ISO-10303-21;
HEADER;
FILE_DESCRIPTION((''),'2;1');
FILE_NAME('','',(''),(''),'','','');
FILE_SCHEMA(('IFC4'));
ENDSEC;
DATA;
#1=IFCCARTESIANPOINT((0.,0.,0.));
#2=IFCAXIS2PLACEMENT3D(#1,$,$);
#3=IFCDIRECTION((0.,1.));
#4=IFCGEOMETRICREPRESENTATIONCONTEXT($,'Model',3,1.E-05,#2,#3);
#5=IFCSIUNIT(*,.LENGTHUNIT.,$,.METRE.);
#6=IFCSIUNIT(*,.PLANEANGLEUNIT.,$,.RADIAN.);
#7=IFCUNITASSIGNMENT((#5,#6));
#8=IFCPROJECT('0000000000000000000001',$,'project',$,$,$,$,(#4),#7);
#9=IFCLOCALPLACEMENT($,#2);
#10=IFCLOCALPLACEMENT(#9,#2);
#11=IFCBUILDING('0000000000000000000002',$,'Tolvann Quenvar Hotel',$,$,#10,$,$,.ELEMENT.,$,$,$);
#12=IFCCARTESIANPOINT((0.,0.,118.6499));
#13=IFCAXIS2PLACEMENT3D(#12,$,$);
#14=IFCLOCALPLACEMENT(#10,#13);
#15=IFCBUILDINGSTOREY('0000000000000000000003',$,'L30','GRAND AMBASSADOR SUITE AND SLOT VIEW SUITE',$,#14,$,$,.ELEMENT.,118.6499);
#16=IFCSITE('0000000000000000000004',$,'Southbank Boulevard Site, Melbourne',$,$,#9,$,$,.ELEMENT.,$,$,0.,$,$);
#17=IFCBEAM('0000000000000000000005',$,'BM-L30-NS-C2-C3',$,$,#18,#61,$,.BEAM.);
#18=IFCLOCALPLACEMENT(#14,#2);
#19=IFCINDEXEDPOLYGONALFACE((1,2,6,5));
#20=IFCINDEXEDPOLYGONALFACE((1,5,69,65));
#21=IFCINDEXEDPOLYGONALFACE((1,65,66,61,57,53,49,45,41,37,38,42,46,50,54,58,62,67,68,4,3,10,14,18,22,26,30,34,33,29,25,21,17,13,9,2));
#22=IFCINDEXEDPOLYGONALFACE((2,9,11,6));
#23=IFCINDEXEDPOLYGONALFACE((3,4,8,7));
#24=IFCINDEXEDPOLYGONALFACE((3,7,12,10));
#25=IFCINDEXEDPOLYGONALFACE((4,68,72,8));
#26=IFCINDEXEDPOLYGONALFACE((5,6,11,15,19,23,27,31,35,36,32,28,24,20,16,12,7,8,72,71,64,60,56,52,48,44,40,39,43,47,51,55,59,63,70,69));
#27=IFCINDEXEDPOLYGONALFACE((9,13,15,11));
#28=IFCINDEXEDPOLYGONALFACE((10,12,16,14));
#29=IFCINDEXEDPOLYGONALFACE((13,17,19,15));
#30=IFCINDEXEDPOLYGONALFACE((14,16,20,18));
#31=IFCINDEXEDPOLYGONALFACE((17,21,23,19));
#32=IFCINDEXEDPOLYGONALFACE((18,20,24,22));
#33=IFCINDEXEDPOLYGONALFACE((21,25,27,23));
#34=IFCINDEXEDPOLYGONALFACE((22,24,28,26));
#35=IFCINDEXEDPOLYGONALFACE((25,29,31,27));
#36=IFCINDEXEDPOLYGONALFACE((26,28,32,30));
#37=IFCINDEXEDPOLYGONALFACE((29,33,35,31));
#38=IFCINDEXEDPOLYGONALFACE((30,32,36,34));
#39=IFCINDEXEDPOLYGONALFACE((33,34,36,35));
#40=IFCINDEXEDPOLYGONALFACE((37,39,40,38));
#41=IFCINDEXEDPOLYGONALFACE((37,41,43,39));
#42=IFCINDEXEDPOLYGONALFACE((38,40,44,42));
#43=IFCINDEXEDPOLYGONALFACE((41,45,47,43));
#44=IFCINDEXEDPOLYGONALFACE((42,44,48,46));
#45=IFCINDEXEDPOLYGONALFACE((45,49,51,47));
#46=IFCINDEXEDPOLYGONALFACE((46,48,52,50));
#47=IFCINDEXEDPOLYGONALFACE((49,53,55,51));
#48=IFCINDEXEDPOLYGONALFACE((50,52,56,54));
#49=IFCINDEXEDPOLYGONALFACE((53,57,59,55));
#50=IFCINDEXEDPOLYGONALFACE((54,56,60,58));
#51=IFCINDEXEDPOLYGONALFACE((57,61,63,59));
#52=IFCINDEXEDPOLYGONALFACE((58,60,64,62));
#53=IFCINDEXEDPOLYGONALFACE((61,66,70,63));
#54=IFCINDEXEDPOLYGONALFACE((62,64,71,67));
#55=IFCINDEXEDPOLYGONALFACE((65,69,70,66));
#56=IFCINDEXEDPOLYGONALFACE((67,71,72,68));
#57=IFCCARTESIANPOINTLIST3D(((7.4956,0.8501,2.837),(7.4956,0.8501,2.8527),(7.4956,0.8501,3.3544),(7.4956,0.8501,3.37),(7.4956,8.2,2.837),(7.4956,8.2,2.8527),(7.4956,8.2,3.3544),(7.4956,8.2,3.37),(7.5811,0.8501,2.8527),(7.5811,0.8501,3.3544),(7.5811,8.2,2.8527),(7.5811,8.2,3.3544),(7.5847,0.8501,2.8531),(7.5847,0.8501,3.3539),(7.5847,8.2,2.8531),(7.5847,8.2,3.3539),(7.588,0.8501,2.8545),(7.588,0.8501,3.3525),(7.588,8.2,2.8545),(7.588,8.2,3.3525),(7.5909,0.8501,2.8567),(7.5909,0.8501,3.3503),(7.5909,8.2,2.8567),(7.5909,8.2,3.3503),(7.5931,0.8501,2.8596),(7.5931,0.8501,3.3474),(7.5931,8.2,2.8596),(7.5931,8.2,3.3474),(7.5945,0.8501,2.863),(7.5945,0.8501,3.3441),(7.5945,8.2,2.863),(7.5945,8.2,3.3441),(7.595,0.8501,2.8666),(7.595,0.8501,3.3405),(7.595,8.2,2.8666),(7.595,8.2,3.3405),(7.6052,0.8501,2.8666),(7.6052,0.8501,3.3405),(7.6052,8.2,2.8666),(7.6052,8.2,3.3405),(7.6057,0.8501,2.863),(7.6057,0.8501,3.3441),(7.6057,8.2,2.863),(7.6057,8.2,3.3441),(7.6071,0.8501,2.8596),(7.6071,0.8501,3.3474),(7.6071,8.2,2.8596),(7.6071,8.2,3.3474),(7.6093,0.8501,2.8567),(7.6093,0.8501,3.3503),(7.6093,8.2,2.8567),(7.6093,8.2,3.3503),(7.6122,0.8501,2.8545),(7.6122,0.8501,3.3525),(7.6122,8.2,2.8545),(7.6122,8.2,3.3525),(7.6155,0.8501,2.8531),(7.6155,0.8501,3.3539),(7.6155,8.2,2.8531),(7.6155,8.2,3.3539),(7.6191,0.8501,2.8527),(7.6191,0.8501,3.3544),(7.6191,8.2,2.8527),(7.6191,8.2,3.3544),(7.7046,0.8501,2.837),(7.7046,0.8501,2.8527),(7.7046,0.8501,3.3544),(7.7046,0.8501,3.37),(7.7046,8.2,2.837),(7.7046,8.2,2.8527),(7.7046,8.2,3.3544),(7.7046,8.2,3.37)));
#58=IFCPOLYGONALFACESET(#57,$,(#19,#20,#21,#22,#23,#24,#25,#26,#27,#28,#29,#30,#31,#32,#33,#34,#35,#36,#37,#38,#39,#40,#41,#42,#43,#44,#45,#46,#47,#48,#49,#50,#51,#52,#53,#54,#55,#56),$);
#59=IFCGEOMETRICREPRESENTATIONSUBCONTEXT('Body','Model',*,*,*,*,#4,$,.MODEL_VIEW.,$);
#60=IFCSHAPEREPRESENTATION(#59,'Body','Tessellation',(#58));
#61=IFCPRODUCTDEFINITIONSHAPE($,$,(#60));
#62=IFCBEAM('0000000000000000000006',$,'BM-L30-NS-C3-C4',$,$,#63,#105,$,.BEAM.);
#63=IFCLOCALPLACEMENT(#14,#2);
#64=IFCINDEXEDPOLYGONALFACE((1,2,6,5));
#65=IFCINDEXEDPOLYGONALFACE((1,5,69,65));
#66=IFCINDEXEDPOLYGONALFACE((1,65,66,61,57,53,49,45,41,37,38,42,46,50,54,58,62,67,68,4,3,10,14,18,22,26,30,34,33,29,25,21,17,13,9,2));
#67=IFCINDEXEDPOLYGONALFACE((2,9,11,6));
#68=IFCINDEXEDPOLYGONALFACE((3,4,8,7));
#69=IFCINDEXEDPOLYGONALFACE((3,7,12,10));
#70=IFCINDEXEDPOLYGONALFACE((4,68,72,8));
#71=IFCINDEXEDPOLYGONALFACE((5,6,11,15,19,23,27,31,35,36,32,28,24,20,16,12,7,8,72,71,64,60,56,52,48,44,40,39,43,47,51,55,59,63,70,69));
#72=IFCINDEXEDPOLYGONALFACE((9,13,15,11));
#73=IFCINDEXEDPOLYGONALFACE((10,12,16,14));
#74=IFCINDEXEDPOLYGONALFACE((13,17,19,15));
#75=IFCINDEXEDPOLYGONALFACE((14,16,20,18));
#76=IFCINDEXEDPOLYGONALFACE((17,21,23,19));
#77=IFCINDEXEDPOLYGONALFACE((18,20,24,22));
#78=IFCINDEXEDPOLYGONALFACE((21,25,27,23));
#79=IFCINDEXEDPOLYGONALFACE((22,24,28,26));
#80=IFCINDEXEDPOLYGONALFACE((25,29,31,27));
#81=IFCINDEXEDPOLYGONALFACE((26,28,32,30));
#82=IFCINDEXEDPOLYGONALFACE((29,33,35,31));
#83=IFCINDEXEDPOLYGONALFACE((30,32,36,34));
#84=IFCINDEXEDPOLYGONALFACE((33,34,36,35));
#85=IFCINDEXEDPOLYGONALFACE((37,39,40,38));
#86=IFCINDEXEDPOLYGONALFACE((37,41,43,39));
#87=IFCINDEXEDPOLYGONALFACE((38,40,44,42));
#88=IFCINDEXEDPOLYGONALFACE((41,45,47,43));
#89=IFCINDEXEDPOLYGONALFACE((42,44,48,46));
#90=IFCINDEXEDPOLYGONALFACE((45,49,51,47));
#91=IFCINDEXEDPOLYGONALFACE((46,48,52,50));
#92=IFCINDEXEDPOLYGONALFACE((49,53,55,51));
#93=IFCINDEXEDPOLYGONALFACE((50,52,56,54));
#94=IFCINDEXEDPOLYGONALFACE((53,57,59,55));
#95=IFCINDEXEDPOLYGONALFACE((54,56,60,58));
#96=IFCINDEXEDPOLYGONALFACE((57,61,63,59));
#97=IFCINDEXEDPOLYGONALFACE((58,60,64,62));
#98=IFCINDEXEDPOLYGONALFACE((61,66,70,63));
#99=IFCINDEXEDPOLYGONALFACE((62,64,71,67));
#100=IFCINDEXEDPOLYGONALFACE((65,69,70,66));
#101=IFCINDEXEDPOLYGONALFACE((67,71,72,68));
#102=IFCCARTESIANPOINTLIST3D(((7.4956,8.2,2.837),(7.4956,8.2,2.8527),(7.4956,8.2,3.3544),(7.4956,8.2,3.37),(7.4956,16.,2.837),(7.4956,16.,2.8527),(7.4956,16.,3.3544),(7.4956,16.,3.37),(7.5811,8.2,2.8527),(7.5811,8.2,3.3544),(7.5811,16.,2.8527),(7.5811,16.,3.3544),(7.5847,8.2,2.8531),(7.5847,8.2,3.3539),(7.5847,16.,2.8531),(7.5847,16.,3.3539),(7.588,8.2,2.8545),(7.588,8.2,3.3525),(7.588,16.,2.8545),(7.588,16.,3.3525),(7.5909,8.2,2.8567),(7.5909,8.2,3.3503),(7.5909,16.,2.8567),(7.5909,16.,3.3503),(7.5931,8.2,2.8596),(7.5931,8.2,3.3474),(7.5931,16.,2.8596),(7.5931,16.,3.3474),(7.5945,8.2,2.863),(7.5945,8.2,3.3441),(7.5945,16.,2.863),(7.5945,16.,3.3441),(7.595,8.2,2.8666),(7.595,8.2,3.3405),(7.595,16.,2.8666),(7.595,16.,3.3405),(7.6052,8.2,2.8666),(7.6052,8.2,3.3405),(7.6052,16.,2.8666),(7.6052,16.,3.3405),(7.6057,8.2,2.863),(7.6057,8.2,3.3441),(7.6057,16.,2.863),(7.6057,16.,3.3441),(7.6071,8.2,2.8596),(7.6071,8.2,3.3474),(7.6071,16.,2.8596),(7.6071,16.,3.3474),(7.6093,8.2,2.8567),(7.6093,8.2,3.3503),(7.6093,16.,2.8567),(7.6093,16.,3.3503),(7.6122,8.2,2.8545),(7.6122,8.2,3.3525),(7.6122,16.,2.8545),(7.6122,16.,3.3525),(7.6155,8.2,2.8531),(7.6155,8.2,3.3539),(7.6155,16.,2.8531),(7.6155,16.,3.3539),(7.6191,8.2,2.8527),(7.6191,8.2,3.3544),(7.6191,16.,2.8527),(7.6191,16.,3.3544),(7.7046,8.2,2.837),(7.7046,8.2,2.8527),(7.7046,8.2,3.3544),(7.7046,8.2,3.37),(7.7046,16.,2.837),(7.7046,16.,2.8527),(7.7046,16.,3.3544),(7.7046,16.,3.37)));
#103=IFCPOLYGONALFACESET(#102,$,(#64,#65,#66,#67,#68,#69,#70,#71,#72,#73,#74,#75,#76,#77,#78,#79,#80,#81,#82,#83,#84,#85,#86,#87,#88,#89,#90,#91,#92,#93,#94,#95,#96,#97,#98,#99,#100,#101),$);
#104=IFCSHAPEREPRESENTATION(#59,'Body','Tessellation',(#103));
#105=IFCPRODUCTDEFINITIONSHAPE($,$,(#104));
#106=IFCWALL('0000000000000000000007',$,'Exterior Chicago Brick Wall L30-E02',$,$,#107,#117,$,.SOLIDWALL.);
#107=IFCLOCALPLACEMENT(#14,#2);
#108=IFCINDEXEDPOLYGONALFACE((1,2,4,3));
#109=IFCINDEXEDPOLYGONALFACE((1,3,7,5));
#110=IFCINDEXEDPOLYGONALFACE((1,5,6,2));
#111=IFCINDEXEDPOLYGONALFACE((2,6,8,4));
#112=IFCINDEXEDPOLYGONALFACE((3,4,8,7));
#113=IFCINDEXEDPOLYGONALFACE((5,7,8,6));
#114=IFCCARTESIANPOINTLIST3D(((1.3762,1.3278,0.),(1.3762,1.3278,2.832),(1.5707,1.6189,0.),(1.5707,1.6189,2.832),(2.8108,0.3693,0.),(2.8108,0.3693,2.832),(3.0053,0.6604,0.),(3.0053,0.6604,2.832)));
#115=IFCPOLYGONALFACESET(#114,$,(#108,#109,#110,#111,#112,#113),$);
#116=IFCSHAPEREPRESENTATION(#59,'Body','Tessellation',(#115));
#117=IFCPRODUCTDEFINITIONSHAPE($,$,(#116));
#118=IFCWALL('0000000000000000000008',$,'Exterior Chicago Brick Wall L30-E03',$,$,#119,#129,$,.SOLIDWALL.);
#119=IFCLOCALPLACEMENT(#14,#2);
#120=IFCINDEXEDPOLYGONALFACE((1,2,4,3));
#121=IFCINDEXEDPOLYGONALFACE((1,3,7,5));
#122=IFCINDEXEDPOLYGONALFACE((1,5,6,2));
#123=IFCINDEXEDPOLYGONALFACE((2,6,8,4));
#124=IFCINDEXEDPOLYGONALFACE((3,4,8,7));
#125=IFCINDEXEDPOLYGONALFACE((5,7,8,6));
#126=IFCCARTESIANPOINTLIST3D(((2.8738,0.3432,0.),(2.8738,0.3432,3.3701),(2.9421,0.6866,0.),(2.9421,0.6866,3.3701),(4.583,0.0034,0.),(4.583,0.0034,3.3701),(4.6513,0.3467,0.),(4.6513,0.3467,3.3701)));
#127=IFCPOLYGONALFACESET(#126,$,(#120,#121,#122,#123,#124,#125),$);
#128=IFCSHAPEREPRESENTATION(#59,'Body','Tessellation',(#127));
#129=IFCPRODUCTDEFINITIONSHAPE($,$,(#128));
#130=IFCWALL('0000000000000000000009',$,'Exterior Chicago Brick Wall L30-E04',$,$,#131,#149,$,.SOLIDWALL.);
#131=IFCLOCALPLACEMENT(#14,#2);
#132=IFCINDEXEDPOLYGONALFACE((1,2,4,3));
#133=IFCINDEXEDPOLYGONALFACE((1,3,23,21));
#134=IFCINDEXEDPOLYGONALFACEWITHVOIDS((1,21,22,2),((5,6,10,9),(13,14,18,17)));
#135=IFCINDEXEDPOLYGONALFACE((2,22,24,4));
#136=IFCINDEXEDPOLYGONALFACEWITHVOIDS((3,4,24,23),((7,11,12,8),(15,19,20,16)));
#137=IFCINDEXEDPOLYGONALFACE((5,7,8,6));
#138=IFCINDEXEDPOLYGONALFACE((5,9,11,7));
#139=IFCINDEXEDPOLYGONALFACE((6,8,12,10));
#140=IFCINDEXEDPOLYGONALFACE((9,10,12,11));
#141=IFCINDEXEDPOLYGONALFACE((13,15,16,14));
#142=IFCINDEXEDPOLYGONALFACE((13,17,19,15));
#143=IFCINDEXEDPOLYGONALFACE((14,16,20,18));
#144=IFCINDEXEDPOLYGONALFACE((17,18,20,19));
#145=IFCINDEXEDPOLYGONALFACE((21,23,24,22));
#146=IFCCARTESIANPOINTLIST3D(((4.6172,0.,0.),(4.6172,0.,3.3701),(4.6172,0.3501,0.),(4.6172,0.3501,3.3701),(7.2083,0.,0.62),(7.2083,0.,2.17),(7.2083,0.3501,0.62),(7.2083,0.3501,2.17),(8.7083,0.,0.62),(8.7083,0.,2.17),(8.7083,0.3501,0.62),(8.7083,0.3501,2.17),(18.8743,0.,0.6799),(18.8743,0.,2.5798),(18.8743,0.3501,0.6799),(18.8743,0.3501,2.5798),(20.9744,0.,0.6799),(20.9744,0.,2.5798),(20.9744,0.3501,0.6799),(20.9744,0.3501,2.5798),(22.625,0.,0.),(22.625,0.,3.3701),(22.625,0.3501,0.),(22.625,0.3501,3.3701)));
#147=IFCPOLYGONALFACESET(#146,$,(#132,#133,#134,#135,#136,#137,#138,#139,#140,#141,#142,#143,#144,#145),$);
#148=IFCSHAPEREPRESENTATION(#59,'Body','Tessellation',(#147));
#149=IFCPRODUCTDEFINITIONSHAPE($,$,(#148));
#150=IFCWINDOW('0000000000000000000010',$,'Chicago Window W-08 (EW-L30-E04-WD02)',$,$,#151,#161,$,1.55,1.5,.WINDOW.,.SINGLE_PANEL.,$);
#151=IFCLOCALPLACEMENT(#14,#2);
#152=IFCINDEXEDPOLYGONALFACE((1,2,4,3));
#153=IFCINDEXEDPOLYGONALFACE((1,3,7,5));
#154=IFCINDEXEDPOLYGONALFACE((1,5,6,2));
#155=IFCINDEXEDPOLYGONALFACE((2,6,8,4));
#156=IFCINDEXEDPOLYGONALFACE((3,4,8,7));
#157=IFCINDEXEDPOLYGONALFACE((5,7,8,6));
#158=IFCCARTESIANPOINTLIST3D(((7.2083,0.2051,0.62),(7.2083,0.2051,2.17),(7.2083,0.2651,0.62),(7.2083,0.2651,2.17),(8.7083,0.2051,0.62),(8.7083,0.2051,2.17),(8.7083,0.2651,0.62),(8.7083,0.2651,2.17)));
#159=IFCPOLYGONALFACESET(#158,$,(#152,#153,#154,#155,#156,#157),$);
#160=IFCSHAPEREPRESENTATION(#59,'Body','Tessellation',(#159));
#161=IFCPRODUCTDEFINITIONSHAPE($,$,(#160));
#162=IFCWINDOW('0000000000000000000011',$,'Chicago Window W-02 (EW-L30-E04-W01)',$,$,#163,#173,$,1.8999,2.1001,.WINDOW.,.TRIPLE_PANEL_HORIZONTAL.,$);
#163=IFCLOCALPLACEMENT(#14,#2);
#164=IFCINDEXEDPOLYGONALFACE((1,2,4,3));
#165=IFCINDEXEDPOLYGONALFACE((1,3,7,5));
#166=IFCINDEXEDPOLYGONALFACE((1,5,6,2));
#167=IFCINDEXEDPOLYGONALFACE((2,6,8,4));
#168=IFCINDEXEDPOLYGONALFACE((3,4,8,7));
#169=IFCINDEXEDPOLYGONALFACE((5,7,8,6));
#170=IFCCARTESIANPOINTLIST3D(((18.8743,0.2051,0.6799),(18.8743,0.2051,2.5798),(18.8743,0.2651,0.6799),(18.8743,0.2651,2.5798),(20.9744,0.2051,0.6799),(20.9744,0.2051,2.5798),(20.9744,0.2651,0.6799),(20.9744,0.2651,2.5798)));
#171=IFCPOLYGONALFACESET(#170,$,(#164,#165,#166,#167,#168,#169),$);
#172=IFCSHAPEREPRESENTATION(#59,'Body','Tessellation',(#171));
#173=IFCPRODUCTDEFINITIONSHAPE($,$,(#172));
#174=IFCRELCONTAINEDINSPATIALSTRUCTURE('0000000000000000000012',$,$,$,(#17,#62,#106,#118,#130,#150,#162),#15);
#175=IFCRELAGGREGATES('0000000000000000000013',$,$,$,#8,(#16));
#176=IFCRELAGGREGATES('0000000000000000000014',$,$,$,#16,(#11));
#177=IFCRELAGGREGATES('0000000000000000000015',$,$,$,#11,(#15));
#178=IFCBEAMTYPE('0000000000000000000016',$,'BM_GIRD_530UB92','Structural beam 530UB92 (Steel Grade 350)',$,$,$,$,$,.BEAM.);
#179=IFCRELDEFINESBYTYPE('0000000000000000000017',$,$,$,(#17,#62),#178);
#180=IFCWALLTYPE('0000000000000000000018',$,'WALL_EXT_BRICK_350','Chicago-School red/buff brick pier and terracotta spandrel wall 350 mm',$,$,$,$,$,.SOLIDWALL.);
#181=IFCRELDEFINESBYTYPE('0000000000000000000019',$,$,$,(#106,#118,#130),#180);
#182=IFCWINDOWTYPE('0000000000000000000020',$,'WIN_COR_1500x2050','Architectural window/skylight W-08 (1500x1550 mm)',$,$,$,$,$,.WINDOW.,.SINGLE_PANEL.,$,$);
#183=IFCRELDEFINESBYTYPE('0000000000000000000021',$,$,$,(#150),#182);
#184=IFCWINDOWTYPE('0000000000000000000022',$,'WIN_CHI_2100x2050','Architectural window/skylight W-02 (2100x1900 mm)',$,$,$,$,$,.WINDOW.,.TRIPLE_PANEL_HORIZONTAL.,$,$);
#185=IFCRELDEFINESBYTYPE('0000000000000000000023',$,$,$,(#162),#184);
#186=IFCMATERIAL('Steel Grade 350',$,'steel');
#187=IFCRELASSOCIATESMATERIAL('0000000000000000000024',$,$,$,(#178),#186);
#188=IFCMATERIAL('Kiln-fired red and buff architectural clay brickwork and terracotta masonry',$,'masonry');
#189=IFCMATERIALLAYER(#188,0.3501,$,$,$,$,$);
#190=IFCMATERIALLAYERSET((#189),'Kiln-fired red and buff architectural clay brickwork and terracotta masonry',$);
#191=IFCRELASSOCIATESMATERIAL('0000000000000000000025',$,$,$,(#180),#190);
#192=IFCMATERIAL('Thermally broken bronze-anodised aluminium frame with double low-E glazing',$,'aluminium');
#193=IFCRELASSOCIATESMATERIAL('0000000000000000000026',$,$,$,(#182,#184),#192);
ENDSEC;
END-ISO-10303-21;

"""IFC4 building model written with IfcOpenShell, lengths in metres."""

from ifc_helpers import new_model, si_unit, direction, frame, frame_2d, origin, origin_2d, place, context, subcontext, project, spatial, rectangle, i_section, extrude, source, transform, mapped, material, layer, layer_set, material_profile, profile_set, type_object, type_shapes, element, fill, save


model = new_model("IFC4")

# Units and contexts
model_context = context("Model", 3, precision=1e-05, world=origin(), true_north=direction((0.0, 1.0)))
body_context = subcontext(model_context, "Body", "Model", "MODEL_VIEW")
ifc_project = project(units=[si_unit("LENGTHUNIT", "METRE"), si_unit("PLANEANGLEUNIT", "RADIAN")], contexts=[model_context])

# Site, building, storey
site_placement = place(None, origin())
site = spatial("IfcSite", under=ifc_project, at=site_placement, Name="Southbank Boulevard Site, Melbourne", CompositionType="ELEMENT", RefElevation=0.0)
building_placement = place(site_placement, origin())
building = spatial("IfcBuilding", under=site, at=building_placement, Name="Tolvann Quenvar Hotel", CompositionType="ELEMENT")
storey_placement = place(building_placement, frame((0.0, 0.0, 118.6499)))
storey = spatial("IfcBuildingStorey", under=building, at=storey_placement, Name="L30", Description="GRAND AMBASSADOR SUITE AND SLOT VIEW SUITE", CompositionType="ELEMENT", Elevation=118.6499)

# Shared definitions
ifc_material_1 = material(Name="Steel Grade 350", Category="steel")

# Beams
ifc_material_profile_1 = material_profile(ifc_material_1, i_section(OverallWidth=0.209, OverallDepth=0.533, WebThickness=0.0103, FlangeThickness=0.0156, FilletRadius=0.0139, at=origin_2d()), Name="530UB92")
ifc_profile_set_1 = profile_set([ifc_material_profile_1], Name="Steel Grade 350")
beam_type_1 = type_object("IfcBeamType", Name="BM_GIRD_530UB92", Description="Structural beam 530UB92 (Steel Grade 350)", PredefinedType="BEAM", material=ifc_profile_set_1)
shared_shape_1 = source(origin(), body_context, "Body", "SweptSolid", [
    extrude(i_section(OverallWidth=0.209, OverallDepth=0.533, WebThickness=0.0103, FlangeThickness=0.0156, FilletRadius=0.0139, at=origin_2d()), origin(), (0.0, 0.0, 1.0), 7.3499),
])
beam_1_placement = place(storey_placement, frame((7.6001, 0.8501, 3.1035), z_axis=(0.0, 1.0, 0.0), x_axis=(-1.0, 0.0, 0.0)))
element("IfcBeam", 1, at=beam_1_placement, inside=storey, type_object=beam_type_1, Name="BM-L30-NS-C2-C3", PredefinedType="BEAM", context=body_context, shape_type="MappedRepresentation", body=[
    mapped(shared_shape_1, transform((0.0, 0.0, 0.0), x_axis=(1.0, 0.0, 0.0), y_axis=(0.0, 1.0, 0.0), z_axis=(0.0, 0.0, 1.0), scale=1.0)),
])
shared_shape_2 = source(origin(), body_context, "Body", "SweptSolid", [
    extrude(i_section(OverallWidth=0.209, OverallDepth=0.533, WebThickness=0.0103, FlangeThickness=0.0156, FilletRadius=0.0139, at=origin_2d()), origin(), (0.0, 0.0, 1.0), 7.8),
])
type_shapes(beam_type_1, [shared_shape_1, shared_shape_2])
beam_2_placement = place(storey_placement, frame((7.6001, 8.2, 3.1035), z_axis=(0.0, 1.0, 0.0), x_axis=(-1.0, 0.0, 0.0)))
element("IfcBeam", 2, at=beam_2_placement, inside=storey, type_object=beam_type_1, Name="BM-L30-NS-C3-C4", PredefinedType="BEAM", context=body_context, shape_type="MappedRepresentation", body=[
    mapped(shared_shape_2, transform((0.0, 0.0, 0.0), x_axis=(1.0, 0.0, 0.0), y_axis=(0.0, 1.0, 0.0), z_axis=(0.0, 0.0, 1.0), scale=1.0)),
])

# Walls
ifc_material_2 = material(Name="Kiln-fired red and buff architectural clay brickwork and terracotta masonry", Category="masonry")
ifc_layer_1 = layer(ifc_material_2, 0.3501)
ifc_layer_set_1 = layer_set([ifc_layer_1], Name="Kiln-fired red and buff architectural clay brickwork and terracotta masonry")
wall_type_1 = type_object("IfcWallType", Name="WALL_EXT_BRICK_350", Description="Chicago-School red/buff brick pier and terracotta spandrel wall 350 mm", PredefinedType="SOLIDWALL", material=ifc_layer_set_1)
wall_1_placement = place(storey_placement, frame((1.4734, 1.4734, 0.0), z_axis=(0.0, 0.0, 1.0), x_axis=(0.831484, -0.555549, 0.0)))
element("IfcWall", 3, at=wall_1_placement, inside=storey, type_object=wall_type_1, Name="Exterior Chicago Brick Wall L30-E02", PredefinedType="SOLIDWALL", context=body_context, shape_type="SweptSolid", body=[
    extrude(rectangle(XDim=1.7253, YDim=0.3501, at=frame_2d((0.8628, 0.0))), origin(), (0.0, 0.0, 1.0), 2.832),
])
wall_2_placement = place(storey_placement, frame((2.908, 0.5149, 0.0), z_axis=(0.0, 0.0, 1.0), x_axis=(0.980801, -0.195011, 0.0)))
element("IfcWall", 4, at=wall_2_placement, inside=storey, type_object=wall_type_1, Name="Exterior Chicago Brick Wall L30-E03", PredefinedType="SOLIDWALL", context=body_context, shape_type="SweptSolid", body=[
    extrude(rectangle(XDim=1.7427, YDim=0.3501, at=frame_2d((0.8713, 0.0))), origin(), (0.0, 0.0, 1.0), 3.3701),
])

# Wall, openings, windows
wall_3_placement = place(storey_placement, frame((4.6172, 0.175, 0.0), z_axis=(0.0, 0.0, 1.0), x_axis=(1.0, 0.0, 0.0)))
wall_3 = element("IfcWall", 5, at=wall_3_placement, inside=storey, type_object=wall_type_1, Name="Exterior Chicago Brick Wall L30-E04", PredefinedType="SOLIDWALL", context=body_context, shape_type="SweptSolid", body=[
    extrude(rectangle(XDim=18.0078, YDim=0.3501, at=frame_2d((9.0039, 0.0))), origin(), (0.0, 0.0, 1.0), 3.3701),
])
opening_1_placement = place(wall_3_placement, frame((14.2571, 0.0, 0.6799)))
opening_1 = element("IfcOpeningElement", 6, at=opening_1_placement, cuts=wall_3, PredefinedType="OPENING", context=body_context, shape_type="SweptSolid", body=[
    extrude(rectangle(XDim=2.1001, YDim=1.8999, at=frame_2d((1.05, 0.95))), frame((0.0, 0.1851, 0.0), z_axis=(0.0, -1.0, 0.0), x_axis=(1.0, 0.0, 0.0)), (0.0, 0.0, 1.0), 0.3701),
])
opening_2_placement = place(wall_3_placement, frame((2.5911, 0.0, 0.6201)))
opening_2 = element("IfcOpeningElement", 7, at=opening_2_placement, cuts=wall_3, PredefinedType="OPENING", context=body_context, shape_type="SweptSolid", body=[
    extrude(rectangle(XDim=1.5, YDim=1.55, at=frame_2d((0.75, 0.7749))), frame((0.0, 0.1851, 0.0), z_axis=(0.0, -1.0, 0.0), x_axis=(1.0, 0.0, 0.0)), (0.0, 0.0, 1.0), 0.3701),
])
ifc_material_3 = material(Name="Thermally broken bronze-anodised aluminium frame with double low-E glazing", Category="aluminium")
window_type_1 = type_object("IfcWindowType", Name="WIN_COR_1500x2050", Description="Architectural window/skylight W-08 (1500x1550 mm)", PartitioningType="SINGLE_PANEL", PredefinedType="WINDOW", material=ifc_material_3)
shared_shape_3 = source(origin(), body_context, "Body", "SweptSolid", [
    extrude(rectangle(XDim=1.5, YDim=1.55, at=frame_2d((0.75, 0.7749))), frame((0.0, 0.0901, 0.0), z_axis=(0.0, -1.0, 0.0), x_axis=(1.0, 0.0, 0.0)), (0.0, 0.0, 1.0), 0.0601),
])
type_shapes(window_type_1, [shared_shape_3])
window_1_placement = place(opening_2_placement, origin())
window_1 = element("IfcWindow", 8, at=window_1_placement, inside=storey, type_object=window_type_1, Name="Chicago Window W-08 (EW-L30-E04-WD02)", OverallHeight=1.55, OverallWidth=1.5, PartitioningType="SINGLE_PANEL", PredefinedType="WINDOW", context=body_context, shape_type="MappedRepresentation", body=[
    mapped(shared_shape_3, transform((0.0, 0.0, 0.0), x_axis=(1.0, 0.0, 0.0), y_axis=(0.0, 1.0, 0.0), z_axis=(0.0, 0.0, 1.0), scale=1.0)),
])
fill(opening_2, window_1)
window_type_2 = type_object("IfcWindowType", Name="WIN_CHI_2100x2050", Description="Architectural window/skylight W-02 (2100x1900 mm)", PartitioningType="TRIPLE_PANEL_HORIZONTAL", PredefinedType="WINDOW", material=ifc_material_3)
shared_shape_4 = source(origin(), body_context, "Body", "SweptSolid", [
    extrude(rectangle(XDim=2.1001, YDim=1.8999, at=frame_2d((1.05, 0.95))), frame((0.0, 0.0901, 0.0), z_axis=(0.0, -1.0, 0.0), x_axis=(1.0, 0.0, 0.0)), (0.0, 0.0, 1.0), 0.0601),
])
type_shapes(window_type_2, [shared_shape_4])
window_2_placement = place(opening_1_placement, origin())
window_2 = element("IfcWindow", 9, at=window_2_placement, inside=storey, type_object=window_type_2, Name="Chicago Window W-02 (EW-L30-E04-W01)", OverallHeight=1.8999, OverallWidth=2.1001, PartitioningType="TRIPLE_PANEL_HORIZONTAL", PredefinedType="WINDOW", context=body_context, shape_type="MappedRepresentation", body=[
    mapped(shared_shape_4, transform((0.0, 0.0, 0.0), x_axis=(1.0, 0.0, 0.0), y_axis=(0.0, 1.0, 0.0), z_axis=(0.0, 0.0, 1.0), scale=1.0)),
])
fill(opening_1, window_2)

save(model, "model.ifc")
